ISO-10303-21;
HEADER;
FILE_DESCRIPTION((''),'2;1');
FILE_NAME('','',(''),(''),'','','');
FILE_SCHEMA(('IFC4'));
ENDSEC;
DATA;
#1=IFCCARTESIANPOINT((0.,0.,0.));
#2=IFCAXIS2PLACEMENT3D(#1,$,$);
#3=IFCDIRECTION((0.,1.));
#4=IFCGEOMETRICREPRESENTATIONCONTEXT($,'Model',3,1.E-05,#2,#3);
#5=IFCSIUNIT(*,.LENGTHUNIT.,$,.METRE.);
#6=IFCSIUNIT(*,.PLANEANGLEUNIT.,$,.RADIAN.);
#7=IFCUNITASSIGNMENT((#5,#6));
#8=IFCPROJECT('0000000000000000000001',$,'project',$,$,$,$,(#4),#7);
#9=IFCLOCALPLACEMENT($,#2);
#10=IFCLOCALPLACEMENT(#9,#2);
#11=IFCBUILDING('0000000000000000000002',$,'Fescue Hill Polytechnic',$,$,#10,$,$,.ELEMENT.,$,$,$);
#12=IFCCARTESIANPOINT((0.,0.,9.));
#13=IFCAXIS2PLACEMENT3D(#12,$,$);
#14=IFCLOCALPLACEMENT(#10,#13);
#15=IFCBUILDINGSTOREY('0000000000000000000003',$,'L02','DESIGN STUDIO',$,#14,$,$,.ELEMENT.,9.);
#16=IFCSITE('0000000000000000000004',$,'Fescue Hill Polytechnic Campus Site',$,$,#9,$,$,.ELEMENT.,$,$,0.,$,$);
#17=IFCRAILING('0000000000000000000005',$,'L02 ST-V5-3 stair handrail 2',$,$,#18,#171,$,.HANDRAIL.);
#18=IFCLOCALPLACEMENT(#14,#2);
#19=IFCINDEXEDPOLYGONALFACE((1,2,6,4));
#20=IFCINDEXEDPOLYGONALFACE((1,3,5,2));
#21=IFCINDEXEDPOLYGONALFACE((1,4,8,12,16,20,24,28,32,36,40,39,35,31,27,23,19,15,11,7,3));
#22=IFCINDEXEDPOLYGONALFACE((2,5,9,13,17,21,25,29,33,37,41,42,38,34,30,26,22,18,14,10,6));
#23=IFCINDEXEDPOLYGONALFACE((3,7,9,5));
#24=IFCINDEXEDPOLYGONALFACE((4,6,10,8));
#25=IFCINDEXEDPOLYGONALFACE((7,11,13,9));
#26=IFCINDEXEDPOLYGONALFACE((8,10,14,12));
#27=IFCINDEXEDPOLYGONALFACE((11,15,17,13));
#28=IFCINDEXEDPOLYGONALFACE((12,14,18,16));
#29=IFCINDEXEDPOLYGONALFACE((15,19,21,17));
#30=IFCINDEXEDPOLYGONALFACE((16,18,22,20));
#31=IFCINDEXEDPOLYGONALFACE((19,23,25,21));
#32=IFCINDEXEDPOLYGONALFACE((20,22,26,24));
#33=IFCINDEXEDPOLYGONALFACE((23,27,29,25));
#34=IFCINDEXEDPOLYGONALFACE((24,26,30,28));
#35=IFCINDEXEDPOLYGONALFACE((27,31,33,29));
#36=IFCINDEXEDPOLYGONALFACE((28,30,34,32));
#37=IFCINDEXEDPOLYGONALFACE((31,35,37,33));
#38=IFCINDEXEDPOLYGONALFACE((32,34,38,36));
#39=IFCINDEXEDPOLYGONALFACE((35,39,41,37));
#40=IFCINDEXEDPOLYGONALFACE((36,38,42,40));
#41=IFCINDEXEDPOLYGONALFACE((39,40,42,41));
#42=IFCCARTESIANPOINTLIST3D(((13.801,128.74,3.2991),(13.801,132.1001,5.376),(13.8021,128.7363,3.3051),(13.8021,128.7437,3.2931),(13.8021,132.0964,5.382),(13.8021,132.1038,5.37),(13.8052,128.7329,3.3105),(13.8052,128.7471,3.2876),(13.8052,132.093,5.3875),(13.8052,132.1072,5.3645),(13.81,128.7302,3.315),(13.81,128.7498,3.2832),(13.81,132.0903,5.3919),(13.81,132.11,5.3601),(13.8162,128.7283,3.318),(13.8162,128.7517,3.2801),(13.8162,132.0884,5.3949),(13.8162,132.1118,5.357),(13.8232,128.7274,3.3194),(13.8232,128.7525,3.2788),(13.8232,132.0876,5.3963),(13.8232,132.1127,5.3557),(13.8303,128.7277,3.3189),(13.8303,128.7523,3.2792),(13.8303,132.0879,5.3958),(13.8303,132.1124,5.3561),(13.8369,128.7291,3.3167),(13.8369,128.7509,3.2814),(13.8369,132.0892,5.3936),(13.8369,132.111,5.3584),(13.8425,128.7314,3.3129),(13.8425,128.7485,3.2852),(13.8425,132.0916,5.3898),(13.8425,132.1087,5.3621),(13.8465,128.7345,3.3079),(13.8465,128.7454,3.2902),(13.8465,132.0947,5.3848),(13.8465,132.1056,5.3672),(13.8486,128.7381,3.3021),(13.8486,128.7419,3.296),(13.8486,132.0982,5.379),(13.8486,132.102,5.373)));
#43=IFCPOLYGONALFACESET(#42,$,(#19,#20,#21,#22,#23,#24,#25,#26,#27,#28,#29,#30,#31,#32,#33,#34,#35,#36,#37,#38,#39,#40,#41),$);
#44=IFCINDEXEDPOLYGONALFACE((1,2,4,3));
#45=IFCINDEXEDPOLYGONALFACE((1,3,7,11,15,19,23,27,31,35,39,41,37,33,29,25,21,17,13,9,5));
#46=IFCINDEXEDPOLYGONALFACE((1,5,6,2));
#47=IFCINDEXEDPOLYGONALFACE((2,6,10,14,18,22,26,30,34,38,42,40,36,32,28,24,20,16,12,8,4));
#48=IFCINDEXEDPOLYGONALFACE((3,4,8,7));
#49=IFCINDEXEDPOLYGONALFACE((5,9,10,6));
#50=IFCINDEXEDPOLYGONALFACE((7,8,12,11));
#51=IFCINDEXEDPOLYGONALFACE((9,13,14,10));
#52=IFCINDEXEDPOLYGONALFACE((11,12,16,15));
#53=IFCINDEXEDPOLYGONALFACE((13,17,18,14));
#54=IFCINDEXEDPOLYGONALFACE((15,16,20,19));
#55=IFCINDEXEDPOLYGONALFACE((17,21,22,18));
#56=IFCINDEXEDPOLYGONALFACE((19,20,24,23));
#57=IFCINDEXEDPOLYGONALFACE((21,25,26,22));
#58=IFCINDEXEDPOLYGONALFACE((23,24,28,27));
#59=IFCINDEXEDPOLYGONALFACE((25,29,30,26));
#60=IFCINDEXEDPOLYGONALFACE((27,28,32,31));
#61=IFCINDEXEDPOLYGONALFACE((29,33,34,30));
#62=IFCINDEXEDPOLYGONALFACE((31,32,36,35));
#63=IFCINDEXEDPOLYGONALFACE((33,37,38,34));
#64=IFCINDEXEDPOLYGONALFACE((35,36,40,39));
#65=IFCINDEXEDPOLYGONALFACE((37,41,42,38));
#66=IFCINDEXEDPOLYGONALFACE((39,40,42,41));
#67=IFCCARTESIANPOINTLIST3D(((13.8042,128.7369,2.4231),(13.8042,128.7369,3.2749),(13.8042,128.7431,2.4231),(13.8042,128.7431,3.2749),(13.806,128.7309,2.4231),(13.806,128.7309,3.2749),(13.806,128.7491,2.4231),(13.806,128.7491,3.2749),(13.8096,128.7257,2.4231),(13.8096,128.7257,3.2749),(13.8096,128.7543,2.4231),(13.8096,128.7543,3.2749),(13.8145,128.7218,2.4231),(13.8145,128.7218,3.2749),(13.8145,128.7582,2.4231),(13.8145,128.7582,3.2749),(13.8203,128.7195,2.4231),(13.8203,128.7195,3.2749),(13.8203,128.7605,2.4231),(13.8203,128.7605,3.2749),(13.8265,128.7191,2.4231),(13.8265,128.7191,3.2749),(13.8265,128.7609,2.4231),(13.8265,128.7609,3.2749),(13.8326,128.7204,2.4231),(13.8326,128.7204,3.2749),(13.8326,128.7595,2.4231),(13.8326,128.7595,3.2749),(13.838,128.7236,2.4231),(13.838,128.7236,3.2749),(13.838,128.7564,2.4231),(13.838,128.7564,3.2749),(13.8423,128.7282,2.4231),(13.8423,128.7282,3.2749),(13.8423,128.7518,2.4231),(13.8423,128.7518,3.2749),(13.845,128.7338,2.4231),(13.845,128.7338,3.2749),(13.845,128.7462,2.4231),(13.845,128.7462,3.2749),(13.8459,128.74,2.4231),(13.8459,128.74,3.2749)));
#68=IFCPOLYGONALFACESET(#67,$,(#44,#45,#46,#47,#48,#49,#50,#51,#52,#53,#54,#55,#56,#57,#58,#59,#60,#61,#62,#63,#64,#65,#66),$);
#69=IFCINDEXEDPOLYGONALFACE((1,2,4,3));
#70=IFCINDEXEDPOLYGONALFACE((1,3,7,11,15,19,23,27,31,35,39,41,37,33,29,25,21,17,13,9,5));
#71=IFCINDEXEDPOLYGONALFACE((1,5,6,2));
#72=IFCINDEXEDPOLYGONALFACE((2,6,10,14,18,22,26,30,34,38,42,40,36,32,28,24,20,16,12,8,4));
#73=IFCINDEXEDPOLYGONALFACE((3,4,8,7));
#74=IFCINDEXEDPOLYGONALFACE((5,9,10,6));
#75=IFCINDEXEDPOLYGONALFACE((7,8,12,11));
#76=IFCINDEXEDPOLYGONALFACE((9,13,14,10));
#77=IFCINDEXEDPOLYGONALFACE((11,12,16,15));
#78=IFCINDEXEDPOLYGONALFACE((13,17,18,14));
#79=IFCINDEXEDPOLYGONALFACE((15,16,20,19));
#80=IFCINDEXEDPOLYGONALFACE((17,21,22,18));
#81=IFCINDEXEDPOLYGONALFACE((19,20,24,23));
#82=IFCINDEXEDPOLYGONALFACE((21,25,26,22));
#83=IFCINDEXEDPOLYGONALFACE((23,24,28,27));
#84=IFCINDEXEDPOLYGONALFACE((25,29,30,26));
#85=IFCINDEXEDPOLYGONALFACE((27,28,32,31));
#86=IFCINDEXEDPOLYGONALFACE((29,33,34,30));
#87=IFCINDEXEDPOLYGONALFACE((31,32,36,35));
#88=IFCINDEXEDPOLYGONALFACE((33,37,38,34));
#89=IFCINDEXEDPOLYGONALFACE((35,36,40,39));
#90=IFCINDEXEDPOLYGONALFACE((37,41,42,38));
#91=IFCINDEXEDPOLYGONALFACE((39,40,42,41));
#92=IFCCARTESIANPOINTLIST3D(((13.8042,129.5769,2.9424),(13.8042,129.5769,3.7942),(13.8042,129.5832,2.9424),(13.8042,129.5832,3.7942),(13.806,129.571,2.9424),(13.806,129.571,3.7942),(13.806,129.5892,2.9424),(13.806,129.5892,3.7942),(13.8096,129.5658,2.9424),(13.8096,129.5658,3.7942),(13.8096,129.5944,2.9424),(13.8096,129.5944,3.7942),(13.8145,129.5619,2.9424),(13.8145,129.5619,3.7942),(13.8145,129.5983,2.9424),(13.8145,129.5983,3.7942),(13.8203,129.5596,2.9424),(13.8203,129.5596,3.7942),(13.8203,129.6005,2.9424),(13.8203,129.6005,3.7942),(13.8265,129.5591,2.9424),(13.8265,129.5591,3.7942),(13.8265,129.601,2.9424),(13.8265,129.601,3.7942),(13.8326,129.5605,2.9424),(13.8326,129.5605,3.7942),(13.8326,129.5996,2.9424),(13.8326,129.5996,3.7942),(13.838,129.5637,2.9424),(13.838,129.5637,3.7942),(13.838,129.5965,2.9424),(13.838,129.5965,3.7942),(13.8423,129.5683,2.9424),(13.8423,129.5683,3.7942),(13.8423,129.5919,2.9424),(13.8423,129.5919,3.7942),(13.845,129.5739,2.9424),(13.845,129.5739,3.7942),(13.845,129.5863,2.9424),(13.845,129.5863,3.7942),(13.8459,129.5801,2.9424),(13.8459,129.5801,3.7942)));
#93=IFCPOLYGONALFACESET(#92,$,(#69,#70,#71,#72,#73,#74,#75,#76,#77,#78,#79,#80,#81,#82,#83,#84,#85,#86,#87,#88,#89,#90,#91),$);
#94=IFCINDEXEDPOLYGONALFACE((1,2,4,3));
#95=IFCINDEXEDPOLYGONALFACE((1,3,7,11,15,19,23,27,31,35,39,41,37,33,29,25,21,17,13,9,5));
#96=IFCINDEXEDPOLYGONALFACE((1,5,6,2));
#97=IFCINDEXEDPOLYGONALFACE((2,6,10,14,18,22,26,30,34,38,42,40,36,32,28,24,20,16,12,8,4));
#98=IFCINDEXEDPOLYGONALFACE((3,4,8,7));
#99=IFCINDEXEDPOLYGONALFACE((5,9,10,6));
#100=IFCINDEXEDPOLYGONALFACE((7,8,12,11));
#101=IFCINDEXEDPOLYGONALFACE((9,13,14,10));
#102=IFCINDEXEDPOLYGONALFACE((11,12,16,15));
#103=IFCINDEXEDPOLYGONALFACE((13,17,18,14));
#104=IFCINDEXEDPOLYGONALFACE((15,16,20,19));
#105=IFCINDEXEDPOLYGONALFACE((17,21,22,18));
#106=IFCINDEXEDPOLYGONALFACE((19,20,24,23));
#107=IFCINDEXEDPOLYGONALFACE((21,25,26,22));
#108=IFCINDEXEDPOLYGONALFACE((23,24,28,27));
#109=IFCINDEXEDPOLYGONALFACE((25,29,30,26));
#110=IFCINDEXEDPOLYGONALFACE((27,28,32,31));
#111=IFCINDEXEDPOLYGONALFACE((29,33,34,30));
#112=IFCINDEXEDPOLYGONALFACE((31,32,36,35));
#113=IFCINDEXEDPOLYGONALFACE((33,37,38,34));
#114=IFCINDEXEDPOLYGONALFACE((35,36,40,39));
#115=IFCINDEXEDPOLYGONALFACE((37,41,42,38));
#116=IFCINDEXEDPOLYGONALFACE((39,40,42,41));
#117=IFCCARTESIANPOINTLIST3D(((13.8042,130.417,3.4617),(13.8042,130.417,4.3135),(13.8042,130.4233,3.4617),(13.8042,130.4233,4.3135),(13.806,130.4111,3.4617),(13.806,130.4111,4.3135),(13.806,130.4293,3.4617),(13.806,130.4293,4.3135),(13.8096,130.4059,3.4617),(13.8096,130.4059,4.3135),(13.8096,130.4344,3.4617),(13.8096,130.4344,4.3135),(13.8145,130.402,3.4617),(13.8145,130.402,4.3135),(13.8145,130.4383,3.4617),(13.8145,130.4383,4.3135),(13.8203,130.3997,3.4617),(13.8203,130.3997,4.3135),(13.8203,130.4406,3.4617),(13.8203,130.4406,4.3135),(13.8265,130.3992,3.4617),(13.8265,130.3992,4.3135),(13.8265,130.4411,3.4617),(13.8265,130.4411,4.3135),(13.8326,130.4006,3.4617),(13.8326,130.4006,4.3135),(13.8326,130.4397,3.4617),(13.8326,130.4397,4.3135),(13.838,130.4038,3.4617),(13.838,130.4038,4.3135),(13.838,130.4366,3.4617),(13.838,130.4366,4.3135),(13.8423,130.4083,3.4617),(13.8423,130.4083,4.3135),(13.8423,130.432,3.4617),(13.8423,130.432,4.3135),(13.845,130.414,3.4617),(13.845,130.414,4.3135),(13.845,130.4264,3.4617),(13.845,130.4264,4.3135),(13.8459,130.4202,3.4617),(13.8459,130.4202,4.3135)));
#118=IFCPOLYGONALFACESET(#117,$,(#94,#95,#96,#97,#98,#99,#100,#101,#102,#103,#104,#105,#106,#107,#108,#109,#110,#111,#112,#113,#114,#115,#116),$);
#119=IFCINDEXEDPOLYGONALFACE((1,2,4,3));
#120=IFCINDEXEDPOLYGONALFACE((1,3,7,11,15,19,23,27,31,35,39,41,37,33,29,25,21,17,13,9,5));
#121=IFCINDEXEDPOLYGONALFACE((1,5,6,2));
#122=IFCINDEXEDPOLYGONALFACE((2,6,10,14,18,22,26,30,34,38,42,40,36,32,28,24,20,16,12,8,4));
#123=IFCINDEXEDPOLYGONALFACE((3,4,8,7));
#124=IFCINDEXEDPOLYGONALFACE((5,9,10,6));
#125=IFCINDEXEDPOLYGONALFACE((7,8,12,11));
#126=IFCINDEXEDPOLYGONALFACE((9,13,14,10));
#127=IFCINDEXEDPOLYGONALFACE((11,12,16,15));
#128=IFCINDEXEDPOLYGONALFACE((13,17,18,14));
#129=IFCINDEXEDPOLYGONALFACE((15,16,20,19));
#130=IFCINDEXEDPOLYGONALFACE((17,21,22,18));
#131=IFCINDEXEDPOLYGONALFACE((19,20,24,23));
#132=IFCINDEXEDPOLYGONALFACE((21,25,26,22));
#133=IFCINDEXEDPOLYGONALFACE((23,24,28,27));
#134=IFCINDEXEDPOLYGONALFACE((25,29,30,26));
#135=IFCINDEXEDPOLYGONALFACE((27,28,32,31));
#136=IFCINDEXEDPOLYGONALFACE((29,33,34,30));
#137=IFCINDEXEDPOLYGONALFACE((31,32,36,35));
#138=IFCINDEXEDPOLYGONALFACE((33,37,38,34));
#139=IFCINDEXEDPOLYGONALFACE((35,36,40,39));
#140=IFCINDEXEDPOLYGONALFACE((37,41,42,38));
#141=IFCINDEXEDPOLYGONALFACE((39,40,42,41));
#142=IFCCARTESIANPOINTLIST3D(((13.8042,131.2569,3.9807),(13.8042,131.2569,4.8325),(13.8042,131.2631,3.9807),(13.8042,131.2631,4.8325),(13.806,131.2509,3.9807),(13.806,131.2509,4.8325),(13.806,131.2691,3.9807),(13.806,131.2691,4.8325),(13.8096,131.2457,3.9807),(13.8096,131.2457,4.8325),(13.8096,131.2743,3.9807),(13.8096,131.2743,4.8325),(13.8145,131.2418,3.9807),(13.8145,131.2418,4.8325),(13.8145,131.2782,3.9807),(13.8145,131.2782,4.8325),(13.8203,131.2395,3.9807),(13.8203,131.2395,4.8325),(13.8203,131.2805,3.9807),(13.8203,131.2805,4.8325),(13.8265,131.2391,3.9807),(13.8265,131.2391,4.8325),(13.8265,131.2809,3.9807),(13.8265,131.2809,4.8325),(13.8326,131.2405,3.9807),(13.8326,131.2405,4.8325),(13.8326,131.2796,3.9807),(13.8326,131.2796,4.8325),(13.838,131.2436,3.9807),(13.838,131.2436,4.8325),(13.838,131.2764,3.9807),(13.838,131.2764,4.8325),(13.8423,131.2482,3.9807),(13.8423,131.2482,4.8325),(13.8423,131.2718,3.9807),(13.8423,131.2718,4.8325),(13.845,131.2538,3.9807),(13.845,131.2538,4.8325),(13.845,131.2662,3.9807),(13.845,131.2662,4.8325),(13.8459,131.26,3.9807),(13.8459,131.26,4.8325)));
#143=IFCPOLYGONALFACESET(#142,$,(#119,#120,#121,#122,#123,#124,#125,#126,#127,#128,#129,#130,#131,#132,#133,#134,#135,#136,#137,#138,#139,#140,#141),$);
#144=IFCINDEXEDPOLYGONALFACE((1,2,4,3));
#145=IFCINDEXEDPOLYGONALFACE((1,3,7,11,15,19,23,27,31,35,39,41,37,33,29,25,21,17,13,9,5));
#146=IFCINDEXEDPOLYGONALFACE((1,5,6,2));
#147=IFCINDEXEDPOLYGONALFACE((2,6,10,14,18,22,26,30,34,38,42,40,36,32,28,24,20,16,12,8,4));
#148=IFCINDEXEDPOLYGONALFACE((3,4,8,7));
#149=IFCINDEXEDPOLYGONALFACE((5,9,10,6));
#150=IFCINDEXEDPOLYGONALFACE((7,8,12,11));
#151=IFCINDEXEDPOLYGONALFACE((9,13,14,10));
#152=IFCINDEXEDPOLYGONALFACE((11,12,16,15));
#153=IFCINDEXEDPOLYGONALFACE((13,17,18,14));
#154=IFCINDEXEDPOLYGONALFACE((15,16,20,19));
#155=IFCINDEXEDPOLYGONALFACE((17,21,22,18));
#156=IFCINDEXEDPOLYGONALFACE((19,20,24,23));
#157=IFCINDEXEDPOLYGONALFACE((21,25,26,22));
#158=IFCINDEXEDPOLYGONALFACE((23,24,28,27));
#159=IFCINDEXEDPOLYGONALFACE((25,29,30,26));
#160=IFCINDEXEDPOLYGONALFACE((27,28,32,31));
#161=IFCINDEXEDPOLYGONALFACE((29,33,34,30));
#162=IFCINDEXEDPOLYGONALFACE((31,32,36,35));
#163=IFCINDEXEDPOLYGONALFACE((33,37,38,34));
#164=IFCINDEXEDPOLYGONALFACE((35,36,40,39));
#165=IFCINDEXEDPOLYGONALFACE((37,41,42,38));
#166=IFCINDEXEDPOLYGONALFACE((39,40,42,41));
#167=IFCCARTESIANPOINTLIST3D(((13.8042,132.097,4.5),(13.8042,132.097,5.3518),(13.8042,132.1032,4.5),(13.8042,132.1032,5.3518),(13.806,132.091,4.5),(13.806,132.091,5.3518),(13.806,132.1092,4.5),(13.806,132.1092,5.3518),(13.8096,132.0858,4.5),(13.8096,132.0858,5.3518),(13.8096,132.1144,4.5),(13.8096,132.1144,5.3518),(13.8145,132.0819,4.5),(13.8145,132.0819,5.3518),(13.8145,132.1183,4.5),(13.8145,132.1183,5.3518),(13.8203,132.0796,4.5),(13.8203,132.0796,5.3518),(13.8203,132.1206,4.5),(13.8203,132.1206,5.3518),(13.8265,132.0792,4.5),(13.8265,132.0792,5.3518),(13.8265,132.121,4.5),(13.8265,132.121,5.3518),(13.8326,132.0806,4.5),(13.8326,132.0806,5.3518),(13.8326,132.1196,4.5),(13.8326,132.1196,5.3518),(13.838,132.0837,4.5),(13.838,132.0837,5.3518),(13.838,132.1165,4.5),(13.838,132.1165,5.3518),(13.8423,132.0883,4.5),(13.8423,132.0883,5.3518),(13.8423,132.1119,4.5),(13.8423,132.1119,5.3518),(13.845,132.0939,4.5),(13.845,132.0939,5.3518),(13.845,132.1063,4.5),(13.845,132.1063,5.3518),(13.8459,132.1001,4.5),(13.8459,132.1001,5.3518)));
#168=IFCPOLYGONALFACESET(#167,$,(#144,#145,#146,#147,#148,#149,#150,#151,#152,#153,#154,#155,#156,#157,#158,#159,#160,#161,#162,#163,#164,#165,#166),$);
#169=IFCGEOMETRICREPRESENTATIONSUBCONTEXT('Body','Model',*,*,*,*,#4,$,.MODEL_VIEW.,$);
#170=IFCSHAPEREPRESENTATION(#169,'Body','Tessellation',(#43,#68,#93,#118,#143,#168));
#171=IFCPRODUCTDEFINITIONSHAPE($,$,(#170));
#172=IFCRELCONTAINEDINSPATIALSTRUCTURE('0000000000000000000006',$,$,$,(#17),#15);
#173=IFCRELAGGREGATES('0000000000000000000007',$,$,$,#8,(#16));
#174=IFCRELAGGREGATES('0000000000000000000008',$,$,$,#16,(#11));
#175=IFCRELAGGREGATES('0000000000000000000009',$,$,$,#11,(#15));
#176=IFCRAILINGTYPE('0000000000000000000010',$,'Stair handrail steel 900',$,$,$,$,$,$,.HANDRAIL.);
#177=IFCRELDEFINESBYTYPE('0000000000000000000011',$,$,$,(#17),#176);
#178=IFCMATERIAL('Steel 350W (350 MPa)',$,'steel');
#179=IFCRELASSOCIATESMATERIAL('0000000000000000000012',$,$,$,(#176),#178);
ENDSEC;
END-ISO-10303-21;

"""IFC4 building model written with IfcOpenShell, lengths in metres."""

from ifc_helpers import new_model, si_unit, direction, frame, origin, origin_2d, place, context, subcontext, project, spatial, circle, extrude, material, type_object, element, save


model = new_model("IFC4")

# Units and contexts
model_context = context("Model", 3, precision=1e-05, world=origin(), true_north=direction((0.0, 1.0)))
body_context = subcontext(model_context, "Body", "Model", "MODEL_VIEW")
ifc_project = project(units=[si_unit("LENGTHUNIT", "METRE"), si_unit("PLANEANGLEUNIT", "RADIAN")], contexts=[model_context])

# Site, building, storey
site_placement = place(None, origin())
site = spatial("IfcSite", under=ifc_project, at=site_placement, Name="Fescue Hill Polytechnic Campus Site", CompositionType="ELEMENT", RefElevation=0.0)
building_placement = place(site_placement, origin())
building = spatial("IfcBuilding", under=site, at=building_placement, Name="Fescue Hill Polytechnic", CompositionType="ELEMENT")
storey_placement = place(building_placement, frame((0.0, 0.0, 9.0)))
storey = spatial("IfcBuildingStorey", under=building, at=storey_placement, Name="L02", Description="DESIGN STUDIO", CompositionType="ELEMENT", Elevation=9.0)

# Railing
ifc_material_1 = material(Name="Steel 350W (350 MPa)", Category="steel")
railing_type_1 = type_object("IfcRailingType", Name="Stair handrail steel 900", PredefinedType="HANDRAIL", material=ifc_material_1)
railing_1_placement = place(storey_placement, frame((13.825, 128.74, 2.4231)))
element("IfcRailing", 1, at=railing_1_placement, inside=storey, type_object=railing_type_1, Name="L02 ST-V5-3 stair handrail 2", PredefinedType="HANDRAIL", context=body_context, shape_type="SweptSolid", body=[
    extrude(circle(Radius=0.0239, at=origin_2d()), frame((0.0, 0.0, 0.876), z_axis=(0.0, 0.850623, 0.525776), x_axis=(-1.0, 0.0, 0.0)), (0.0, 0.0, 1.0), 3.9502),
    extrude(circle(Radius=0.021, at=origin_2d()), origin(), (0.0, 0.0, 1.0), 0.8518),
    extrude(circle(Radius=0.021, at=origin_2d()), frame((0.0, 0.8401, 0.5193)), (0.0, 0.0, 1.0), 0.8518),
    extrude(circle(Radius=0.021, at=origin_2d()), frame((0.0, 1.6802, 1.0386)), (0.0, 0.0, 1.0), 0.8518),
    extrude(circle(Radius=0.021, at=origin_2d()), frame((0.0, 2.52, 1.5576)), (0.0, 0.0, 1.0), 0.8518),
    extrude(circle(Radius=0.021, at=origin_2d()), frame((0.0, 3.3601, 2.0769)), (0.0, 0.0, 1.0), 0.8518),
])

save(model, "model.ifc")
